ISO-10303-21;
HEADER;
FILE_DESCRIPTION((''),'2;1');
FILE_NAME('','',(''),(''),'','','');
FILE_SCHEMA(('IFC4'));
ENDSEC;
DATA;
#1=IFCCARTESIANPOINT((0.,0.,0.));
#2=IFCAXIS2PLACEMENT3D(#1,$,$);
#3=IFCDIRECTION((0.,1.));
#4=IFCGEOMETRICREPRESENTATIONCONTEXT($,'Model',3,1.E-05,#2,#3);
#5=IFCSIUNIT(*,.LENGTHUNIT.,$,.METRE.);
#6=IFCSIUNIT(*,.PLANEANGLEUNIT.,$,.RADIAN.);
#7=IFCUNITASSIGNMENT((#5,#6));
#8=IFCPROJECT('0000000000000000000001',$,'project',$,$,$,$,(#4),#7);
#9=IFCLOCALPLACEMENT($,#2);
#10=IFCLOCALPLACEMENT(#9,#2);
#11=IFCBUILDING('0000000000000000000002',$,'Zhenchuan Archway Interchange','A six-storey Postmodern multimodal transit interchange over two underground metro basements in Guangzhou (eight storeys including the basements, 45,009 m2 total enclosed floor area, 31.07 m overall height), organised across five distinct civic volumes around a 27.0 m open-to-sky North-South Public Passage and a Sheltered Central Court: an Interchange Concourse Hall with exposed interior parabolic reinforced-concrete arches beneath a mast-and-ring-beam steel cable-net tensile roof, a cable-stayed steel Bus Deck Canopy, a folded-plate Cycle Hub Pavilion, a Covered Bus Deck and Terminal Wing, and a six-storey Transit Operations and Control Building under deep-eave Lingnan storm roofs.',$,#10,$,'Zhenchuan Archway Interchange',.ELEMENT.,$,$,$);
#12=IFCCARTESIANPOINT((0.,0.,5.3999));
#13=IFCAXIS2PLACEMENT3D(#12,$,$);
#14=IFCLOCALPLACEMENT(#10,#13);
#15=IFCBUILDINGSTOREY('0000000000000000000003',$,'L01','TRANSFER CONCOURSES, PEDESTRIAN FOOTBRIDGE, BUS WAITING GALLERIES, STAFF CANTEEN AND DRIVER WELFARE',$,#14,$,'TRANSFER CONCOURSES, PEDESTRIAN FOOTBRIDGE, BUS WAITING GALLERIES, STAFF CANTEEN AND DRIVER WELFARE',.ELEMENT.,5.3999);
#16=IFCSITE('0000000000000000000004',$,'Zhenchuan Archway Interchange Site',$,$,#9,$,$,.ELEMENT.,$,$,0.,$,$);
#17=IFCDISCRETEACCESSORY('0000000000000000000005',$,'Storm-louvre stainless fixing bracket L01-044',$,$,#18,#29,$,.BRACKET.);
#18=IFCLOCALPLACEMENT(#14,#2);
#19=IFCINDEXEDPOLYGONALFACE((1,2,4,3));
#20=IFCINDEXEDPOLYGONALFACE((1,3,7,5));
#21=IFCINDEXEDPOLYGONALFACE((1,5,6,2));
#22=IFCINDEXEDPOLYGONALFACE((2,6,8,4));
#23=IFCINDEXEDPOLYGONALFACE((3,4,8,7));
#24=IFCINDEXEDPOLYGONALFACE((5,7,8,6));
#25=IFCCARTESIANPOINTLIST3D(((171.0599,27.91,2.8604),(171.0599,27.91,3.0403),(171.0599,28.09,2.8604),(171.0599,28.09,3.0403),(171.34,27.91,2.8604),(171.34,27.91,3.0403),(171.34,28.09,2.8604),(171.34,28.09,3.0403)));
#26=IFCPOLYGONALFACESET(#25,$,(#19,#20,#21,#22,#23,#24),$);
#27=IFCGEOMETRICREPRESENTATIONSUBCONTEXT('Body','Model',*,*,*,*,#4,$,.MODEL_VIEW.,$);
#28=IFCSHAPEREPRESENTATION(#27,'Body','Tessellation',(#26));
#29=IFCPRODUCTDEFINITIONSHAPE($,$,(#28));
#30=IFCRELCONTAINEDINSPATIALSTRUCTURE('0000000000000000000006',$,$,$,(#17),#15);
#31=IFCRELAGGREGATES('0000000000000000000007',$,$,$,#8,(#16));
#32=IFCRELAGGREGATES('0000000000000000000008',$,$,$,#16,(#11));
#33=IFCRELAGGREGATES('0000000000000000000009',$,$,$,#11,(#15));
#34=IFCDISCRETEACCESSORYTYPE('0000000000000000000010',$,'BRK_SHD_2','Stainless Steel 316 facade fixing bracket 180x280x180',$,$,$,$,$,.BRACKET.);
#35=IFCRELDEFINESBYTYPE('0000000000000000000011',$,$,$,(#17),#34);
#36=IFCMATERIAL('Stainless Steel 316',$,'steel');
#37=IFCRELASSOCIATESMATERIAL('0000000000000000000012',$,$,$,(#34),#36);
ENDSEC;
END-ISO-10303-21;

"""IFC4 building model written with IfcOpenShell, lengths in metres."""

from ifc_helpers import new_model, si_unit, direction, frame, origin, origin_2d, place, context, subcontext, project, spatial, rectangle, extrude, material, type_object, element, save


model = new_model("IFC4")

# Units and contexts
model_context = context("Model", 3, precision=1e-05, world=origin(), true_north=direction((0.0, 1.0)))
body_context = subcontext(model_context, "Body", "Model", "MODEL_VIEW")
ifc_project = project(units=[si_unit("LENGTHUNIT", "METRE"), si_unit("PLANEANGLEUNIT", "RADIAN")], contexts=[model_context])

# Site, building, storey
site_placement = place(None, origin())
site = spatial("IfcSite", under=ifc_project, at=site_placement, Name="Zhenchuan Archway Interchange Site", CompositionType="ELEMENT", RefElevation=0.0)
building_placement = place(site_placement, origin())
building = spatial("IfcBuilding", under=site, at=building_placement, Name="Zhenchuan Archway Interchange", Description="A six-storey Postmodern multimodal transit interchange over two underground metro basements in Guangzhou (eight storeys including the basements, 45,009 m2 total enclosed floor area, 31.07 m overall height), organised across five distinct civic volumes around a 27.0 m open-to-sky North-South Public Passage and a Sheltered Central Court: an Interchange Concourse Hall with exposed interior parabolic reinforced-concrete arches beneath a mast-and-ring-beam steel cable-net tensile roof, a cable-stayed steel Bus Deck Canopy, a folded-plate Cycle Hub Pavilion, a Covered Bus Deck and Terminal Wing, and a six-storey Transit Operations and Control Building under deep-eave Lingnan storm roofs.", LongName="Zhenchuan Archway Interchange", CompositionType="ELEMENT")
storey_placement = place(building_placement, frame((0.0, 0.0, 5.3999)))
storey = spatial("IfcBuildingStorey", under=building, at=storey_placement, Name="L01", Description="TRANSFER CONCOURSES, PEDESTRIAN FOOTBRIDGE, BUS WAITING GALLERIES, STAFF CANTEEN AND DRIVER WELFARE", LongName="TRANSFER CONCOURSES, PEDESTRIAN FOOTBRIDGE, BUS WAITING GALLERIES, STAFF CANTEEN AND DRIVER WELFARE", CompositionType="ELEMENT", Elevation=5.3999)

# Discrete accessory
ifc_material_1 = material(Name="Stainless Steel 316", Category="steel")
discrete_accessory_type = type_object("IfcDiscreteAccessoryType", Name="BRK_SHD_2", Description="Stainless Steel 316 facade fixing bracket 180x280x180", PredefinedType="BRACKET", material=ifc_material_1)
discrete_accessory_placement = place(storey_placement, frame((171.2, 28.0, 2.8604), z_axis=(0.0, 0.0, 1.0), x_axis=(0.0, -1.0, 0.0)))
element("IfcDiscreteAccessory", 1, at=discrete_accessory_placement, inside=storey, type_object=discrete_accessory_type, Name="Storm-louvre stainless fixing bracket L01-044", PredefinedType="BRACKET", context=body_context, shape_type="SweptSolid", body=[
    extrude(rectangle(XDim=0.1799, YDim=0.28, at=origin_2d()), origin(), (0.0, 0.0, 1.0), 0.1799),
])

save(model, "model.ifc")
